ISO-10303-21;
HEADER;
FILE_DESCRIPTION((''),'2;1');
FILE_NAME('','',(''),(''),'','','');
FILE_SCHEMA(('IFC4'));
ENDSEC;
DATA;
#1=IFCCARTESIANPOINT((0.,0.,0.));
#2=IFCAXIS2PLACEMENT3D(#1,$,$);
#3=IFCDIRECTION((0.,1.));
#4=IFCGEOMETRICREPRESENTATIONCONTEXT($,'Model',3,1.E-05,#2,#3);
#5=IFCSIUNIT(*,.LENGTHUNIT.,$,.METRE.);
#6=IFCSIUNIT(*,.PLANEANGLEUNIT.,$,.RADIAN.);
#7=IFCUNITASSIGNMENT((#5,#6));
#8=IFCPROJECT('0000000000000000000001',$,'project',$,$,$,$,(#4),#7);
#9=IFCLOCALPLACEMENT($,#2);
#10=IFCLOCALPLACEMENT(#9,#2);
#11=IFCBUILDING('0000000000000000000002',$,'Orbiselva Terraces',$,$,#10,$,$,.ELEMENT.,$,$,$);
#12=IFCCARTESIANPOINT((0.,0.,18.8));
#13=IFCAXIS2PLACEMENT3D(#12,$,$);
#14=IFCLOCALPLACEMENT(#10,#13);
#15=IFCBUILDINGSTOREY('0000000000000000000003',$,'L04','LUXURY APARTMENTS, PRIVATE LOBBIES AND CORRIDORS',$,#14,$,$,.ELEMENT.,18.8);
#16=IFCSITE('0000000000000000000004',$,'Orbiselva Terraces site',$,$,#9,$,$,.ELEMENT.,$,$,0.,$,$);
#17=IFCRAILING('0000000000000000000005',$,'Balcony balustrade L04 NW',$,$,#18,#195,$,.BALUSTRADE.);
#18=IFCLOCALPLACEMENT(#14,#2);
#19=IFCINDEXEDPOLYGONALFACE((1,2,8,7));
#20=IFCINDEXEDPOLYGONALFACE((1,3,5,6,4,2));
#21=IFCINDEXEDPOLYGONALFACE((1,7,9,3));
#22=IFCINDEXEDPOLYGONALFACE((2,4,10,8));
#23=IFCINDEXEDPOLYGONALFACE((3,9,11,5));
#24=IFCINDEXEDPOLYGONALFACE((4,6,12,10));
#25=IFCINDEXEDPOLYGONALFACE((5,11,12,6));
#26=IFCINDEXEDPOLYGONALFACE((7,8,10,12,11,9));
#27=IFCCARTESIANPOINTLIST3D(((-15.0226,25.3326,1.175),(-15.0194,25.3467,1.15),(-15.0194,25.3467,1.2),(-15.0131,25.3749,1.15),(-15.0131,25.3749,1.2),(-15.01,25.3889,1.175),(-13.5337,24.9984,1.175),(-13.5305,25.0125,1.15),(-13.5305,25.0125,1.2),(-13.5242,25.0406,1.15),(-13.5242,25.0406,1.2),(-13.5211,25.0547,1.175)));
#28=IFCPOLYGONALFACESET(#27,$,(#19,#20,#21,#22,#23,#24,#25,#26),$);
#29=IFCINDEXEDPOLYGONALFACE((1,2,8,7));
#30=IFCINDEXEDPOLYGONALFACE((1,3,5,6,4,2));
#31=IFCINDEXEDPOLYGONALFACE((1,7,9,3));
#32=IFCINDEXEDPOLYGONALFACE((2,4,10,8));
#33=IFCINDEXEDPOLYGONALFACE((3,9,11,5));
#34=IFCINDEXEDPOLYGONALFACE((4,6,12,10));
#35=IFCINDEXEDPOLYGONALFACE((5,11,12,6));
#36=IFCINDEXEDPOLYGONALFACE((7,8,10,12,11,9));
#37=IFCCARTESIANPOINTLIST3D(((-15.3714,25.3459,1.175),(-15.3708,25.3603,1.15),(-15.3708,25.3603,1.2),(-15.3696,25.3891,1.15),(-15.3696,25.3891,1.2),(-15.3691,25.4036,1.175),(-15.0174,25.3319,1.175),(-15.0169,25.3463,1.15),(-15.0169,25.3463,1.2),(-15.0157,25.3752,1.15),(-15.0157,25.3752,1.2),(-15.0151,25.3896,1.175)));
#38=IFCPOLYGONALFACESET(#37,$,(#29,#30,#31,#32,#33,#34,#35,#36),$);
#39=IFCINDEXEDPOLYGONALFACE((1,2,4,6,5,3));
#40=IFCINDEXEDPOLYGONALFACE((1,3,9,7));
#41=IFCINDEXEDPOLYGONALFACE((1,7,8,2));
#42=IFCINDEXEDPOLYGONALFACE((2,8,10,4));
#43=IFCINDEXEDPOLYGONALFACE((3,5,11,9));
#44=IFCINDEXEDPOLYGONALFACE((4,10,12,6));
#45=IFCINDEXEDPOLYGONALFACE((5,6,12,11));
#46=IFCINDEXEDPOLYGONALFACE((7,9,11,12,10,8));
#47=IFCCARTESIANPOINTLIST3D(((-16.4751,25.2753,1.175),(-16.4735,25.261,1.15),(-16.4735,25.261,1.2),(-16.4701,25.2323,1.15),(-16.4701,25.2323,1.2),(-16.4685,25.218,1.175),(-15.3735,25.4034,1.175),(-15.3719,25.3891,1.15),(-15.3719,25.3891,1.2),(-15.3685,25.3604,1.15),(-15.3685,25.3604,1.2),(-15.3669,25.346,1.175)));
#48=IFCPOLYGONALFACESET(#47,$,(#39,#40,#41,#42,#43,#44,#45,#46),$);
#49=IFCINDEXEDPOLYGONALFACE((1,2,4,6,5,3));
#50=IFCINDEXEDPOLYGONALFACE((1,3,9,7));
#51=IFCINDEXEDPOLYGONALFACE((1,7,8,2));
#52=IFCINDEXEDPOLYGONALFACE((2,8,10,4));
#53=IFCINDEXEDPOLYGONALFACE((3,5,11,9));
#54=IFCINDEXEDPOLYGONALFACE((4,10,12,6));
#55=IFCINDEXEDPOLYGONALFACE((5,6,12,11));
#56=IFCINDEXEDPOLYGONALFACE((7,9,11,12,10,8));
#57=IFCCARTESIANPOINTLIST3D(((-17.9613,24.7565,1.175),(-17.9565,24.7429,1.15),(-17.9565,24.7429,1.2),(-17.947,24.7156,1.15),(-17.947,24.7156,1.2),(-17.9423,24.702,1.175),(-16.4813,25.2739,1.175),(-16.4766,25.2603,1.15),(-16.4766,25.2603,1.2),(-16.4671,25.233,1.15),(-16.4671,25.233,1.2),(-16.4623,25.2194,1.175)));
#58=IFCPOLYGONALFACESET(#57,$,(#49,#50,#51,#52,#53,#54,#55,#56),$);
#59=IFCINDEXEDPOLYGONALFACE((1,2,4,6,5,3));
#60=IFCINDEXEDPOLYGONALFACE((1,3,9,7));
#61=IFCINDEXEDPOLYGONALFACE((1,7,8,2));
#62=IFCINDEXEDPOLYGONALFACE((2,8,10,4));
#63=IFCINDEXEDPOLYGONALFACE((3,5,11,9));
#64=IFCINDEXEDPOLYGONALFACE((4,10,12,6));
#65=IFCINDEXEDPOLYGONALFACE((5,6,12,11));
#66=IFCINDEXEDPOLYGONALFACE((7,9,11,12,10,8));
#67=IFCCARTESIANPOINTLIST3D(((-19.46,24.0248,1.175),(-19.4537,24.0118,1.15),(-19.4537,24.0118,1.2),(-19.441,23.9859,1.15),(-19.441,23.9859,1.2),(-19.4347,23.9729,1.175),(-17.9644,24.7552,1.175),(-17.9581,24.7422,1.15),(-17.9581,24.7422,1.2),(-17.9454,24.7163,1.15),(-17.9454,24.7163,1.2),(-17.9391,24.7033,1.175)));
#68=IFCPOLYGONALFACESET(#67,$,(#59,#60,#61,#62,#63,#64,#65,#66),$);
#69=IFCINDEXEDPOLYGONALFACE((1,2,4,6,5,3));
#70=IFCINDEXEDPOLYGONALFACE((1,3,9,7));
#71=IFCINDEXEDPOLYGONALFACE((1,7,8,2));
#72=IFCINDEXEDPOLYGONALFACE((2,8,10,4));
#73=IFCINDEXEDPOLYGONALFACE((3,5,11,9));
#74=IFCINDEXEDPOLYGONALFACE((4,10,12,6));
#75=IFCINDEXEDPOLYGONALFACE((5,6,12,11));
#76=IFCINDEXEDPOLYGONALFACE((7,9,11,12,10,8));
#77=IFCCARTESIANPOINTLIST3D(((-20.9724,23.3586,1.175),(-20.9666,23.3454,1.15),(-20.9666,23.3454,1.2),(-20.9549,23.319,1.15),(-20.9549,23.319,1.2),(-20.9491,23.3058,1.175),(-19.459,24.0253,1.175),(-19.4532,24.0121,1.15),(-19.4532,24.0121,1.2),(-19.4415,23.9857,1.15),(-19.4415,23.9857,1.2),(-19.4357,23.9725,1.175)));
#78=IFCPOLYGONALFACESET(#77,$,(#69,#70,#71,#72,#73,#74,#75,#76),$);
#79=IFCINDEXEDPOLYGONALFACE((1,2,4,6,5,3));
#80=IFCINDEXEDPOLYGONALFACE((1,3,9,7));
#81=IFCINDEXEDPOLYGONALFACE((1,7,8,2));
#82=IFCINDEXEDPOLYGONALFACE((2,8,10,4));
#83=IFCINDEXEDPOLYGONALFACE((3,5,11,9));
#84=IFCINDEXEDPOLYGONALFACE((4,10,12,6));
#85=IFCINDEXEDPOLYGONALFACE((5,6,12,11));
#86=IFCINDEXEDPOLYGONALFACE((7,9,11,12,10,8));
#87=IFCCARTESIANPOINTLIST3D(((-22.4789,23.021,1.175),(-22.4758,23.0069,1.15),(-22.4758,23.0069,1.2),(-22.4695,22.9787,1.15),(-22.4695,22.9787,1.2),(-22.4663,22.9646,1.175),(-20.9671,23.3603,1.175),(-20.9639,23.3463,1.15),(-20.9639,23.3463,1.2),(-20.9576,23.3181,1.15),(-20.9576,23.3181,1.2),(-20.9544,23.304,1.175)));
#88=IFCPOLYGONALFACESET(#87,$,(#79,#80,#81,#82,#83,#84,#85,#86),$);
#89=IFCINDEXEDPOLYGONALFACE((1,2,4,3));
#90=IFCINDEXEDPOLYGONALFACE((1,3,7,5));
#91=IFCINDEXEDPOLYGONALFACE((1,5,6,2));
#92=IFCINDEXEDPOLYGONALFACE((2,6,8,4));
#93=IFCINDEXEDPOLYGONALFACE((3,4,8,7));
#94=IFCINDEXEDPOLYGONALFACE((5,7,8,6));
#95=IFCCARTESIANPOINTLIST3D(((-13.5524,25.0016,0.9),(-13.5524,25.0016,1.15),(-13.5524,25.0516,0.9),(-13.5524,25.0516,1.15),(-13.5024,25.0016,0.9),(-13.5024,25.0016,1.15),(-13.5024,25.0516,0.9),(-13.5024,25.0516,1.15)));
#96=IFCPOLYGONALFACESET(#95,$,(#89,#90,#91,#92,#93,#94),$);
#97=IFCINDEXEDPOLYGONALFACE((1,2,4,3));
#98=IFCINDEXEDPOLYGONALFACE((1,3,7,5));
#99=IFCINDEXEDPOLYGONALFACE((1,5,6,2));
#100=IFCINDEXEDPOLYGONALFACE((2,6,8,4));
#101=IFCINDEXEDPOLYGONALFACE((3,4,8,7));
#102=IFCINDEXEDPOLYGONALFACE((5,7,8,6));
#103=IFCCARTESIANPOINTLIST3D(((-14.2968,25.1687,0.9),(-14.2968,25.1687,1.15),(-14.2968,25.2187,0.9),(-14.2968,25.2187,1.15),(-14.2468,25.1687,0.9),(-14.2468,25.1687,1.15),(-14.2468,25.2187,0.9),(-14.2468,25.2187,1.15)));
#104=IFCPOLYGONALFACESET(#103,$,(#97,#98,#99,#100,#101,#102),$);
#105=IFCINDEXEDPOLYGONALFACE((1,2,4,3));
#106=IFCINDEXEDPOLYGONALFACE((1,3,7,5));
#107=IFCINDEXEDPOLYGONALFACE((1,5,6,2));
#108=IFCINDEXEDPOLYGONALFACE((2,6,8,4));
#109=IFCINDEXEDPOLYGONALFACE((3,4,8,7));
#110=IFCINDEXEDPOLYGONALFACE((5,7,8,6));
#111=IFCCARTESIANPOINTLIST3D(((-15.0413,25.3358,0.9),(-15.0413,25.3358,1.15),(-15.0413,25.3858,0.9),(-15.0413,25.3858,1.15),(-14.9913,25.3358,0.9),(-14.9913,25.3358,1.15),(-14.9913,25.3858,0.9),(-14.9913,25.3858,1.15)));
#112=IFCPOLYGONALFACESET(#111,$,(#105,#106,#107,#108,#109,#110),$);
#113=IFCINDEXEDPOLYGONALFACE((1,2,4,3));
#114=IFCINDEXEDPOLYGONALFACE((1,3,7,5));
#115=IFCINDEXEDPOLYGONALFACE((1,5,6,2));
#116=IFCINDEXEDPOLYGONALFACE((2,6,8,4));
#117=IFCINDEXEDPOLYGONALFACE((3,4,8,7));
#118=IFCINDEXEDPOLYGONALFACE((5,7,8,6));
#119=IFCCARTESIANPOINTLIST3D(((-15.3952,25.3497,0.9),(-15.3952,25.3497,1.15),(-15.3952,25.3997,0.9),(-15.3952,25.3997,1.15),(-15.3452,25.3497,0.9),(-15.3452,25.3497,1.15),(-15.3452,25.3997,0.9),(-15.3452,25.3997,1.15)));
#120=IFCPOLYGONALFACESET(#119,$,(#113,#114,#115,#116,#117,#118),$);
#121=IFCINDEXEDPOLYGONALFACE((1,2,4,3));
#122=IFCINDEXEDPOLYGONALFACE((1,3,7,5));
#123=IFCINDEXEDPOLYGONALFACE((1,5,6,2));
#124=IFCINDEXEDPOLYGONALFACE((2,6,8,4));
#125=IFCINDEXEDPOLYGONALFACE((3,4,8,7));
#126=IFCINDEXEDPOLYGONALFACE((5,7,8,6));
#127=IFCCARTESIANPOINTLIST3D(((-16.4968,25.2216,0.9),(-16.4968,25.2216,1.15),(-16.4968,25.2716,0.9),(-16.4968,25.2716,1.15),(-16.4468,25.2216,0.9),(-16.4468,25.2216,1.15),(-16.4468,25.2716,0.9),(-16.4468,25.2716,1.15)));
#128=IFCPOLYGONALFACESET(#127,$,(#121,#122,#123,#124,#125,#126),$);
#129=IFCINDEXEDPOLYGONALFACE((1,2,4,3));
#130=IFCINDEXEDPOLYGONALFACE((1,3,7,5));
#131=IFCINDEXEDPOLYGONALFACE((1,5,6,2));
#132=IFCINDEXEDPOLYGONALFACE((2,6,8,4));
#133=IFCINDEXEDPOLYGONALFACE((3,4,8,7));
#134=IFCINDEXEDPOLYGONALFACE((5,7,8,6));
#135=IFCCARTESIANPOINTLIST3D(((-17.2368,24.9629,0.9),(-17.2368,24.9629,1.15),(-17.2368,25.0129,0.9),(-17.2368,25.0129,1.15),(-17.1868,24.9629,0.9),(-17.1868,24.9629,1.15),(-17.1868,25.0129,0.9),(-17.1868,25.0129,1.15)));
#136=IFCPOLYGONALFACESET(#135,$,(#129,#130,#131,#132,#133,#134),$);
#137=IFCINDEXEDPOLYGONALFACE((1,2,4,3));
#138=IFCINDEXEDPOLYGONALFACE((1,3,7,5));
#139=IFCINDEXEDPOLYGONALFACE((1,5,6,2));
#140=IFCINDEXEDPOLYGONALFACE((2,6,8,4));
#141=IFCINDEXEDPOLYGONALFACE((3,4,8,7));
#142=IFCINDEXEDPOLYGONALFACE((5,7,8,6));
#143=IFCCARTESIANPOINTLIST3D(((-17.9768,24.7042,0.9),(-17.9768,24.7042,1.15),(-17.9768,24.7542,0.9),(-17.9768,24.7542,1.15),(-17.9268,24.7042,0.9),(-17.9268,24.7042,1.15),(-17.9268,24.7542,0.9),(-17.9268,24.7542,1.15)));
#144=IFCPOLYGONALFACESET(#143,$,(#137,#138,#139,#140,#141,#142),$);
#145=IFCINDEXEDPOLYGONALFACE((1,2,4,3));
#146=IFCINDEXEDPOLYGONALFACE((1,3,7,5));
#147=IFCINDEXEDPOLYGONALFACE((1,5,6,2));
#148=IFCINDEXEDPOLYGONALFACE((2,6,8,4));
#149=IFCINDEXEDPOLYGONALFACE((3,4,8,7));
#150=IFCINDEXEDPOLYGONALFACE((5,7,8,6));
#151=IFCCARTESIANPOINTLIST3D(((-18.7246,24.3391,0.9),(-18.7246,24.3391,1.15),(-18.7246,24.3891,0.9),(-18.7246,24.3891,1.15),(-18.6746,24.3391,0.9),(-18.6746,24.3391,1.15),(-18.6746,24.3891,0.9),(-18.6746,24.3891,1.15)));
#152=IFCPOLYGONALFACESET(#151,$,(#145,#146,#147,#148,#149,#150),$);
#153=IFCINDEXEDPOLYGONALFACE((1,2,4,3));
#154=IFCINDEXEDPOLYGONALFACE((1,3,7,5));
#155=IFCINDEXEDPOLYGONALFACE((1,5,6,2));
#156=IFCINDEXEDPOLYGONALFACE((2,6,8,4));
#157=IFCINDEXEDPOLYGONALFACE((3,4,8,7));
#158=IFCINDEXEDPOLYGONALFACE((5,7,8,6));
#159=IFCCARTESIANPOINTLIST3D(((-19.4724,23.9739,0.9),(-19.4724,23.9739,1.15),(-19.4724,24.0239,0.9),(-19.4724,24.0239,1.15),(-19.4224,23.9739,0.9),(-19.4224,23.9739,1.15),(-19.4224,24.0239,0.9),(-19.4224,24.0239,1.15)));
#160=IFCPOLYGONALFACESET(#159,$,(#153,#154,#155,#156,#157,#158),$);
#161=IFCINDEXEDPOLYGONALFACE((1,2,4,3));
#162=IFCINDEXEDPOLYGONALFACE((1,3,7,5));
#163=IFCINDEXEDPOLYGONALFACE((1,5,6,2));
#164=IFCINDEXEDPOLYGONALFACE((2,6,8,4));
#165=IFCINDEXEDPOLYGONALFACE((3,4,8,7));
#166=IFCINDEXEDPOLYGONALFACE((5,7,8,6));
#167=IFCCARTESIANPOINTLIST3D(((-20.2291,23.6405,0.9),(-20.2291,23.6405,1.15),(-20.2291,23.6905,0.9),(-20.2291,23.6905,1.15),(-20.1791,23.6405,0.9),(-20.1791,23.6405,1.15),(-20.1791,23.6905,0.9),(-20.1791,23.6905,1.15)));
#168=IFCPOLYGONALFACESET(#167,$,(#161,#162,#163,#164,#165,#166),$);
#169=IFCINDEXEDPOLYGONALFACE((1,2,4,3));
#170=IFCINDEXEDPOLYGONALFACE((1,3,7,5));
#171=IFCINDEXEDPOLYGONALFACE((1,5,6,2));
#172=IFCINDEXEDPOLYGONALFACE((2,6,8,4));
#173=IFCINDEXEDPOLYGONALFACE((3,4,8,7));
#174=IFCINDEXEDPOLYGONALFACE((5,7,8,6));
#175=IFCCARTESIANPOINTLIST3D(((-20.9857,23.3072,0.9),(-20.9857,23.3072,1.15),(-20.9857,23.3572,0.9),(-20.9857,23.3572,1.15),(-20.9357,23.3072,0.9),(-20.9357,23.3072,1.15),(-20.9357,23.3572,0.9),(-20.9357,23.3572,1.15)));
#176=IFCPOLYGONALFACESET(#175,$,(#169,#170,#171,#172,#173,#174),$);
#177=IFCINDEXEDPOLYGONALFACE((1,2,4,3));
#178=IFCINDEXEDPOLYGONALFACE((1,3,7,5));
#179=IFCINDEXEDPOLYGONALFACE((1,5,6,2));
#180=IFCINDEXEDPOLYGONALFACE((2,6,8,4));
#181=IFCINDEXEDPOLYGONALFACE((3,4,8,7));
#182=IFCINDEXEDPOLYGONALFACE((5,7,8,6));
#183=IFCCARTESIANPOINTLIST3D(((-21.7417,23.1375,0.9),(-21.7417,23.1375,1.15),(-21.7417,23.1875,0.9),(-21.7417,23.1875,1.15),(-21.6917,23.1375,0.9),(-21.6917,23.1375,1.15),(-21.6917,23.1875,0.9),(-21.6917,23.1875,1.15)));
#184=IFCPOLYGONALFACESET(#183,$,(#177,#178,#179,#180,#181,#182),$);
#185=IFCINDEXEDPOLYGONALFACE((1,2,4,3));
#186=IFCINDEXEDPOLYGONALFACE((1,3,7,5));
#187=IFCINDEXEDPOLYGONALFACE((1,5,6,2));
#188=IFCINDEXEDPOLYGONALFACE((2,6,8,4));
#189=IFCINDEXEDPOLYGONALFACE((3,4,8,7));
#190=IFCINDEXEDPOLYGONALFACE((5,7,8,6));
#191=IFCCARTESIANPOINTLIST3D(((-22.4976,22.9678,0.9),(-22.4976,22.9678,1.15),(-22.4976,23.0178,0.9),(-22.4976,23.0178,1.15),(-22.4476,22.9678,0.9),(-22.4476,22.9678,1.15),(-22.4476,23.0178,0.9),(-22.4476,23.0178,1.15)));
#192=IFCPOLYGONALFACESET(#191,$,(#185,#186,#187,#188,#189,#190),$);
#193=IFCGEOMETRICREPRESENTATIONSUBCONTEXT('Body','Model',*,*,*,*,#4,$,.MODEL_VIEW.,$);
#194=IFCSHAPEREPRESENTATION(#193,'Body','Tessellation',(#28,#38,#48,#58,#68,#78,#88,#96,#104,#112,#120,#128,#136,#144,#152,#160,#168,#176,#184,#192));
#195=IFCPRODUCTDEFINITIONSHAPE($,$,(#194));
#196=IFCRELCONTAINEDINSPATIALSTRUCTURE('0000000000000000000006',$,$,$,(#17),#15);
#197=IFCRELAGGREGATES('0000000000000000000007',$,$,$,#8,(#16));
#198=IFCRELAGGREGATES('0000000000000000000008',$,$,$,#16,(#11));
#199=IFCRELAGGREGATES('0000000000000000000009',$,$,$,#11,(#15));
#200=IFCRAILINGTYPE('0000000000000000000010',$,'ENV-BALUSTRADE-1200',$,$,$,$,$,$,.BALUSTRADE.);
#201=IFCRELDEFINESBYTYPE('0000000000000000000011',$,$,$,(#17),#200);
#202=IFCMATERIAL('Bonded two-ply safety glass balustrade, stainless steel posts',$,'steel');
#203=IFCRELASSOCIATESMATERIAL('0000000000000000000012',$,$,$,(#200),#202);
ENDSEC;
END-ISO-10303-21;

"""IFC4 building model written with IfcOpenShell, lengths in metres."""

from ifc_helpers import new_model, si_unit, direction, frame, origin, origin_2d, place, context, subcontext, project, spatial, polyline, rectangle, outline, extrude, material, type_object, element, save


model = new_model("IFC4")

# Units and contexts
model_context = context("Model", 3, precision=1e-05, world=origin(), true_north=direction((0.0, 1.0)))
body_context = subcontext(model_context, "Body", "Model", "MODEL_VIEW")
ifc_project = project(units=[si_unit("LENGTHUNIT", "METRE"), si_unit("PLANEANGLEUNIT", "RADIAN")], contexts=[model_context])

# Site, building, storey
site_placement = place(None, origin())
site = spatial("IfcSite", under=ifc_project, at=site_placement, Name="Orbiselva Terraces site", CompositionType="ELEMENT", RefElevation=0.0)
building_placement = place(site_placement, origin())
building = spatial("IfcBuilding", under=site, at=building_placement, Name="Orbiselva Terraces", CompositionType="ELEMENT")
storey_placement = place(building_placement, frame((0.0, 0.0, 18.8)))
storey = spatial("IfcBuildingStorey", under=building, at=storey_placement, Name="L04", Description="LUXURY APARTMENTS, PRIVATE LOBBIES AND CORRIDORS", CompositionType="ELEMENT", Elevation=18.8)

# Railing
ifc_material_1 = material(Name="Bonded two-ply safety glass balustrade, stainless steel posts", Category="steel")
railing_type_1 = type_object("IfcRailingType", Name="ENV-BALUSTRADE-1200", PredefinedType="BALUSTRADE", material=ifc_material_1)
railing_1_placement = place(storey_placement, frame((-13.5274, 25.0266, 0.9)))
element("IfcRailing", 1, at=railing_1_placement, inside=storey, type_object=railing_type_1, Name="Balcony balustrade L04 NW", PredefinedType="BALUSTRADE", context=body_context, shape_type="SweptSolid", body=[
    extrude(outline(polyline([(0.0289, 0.0), (0.0144, 0.025), (-0.0144, 0.025), (-0.0289, 0.0), (-0.0144, -0.025), (0.0144, -0.025), (0.0289, 0.0)])), frame((0.0, 0.0, 0.275), z_axis=(-0.975721, 0.219016, 0.0), x_axis=(-0.219016, -0.975721, 0.0)), (0.0, 0.0, 1.0), 1.526),
    extrude(outline(polyline([(0.0289, 0.0), (0.0144, 0.025), (-0.0144, 0.025), (-0.0289, 0.0), (-0.0144, -0.025), (0.0144, -0.025), (0.0289, 0.0)])), frame((-1.4889, 0.3342, 0.275), z_axis=(-0.999225, 0.039364, 0.0), x_axis=(-0.039364, -0.999225, 0.0)), (0.0, 0.0, 1.0), 0.3542),
    extrude(outline(polyline([(0.0289, 0.0), (0.0144, 0.025), (-0.0144, 0.025), (-0.0289, 0.0), (-0.0144, -0.025), (0.0144, -0.025), (0.0289, 0.0)])), frame((-1.8428, 0.3482, 0.275), z_axis=(-0.99331, -0.115481, 0.0), x_axis=(0.115481, -0.99331, 0.0)), (0.0, 0.0, 1.0), 1.109),
    extrude(outline(polyline([(0.0289, 0.0), (0.0144, 0.025), (-0.0144, 0.025), (-0.0289, 0.0), (-0.0144, -0.025), (0.0144, -0.025), (0.0289, 0.0)])), frame((-2.9444, 0.2201, 0.275), z_axis=(-0.943972, -0.330025, 0.0), x_axis=(0.330025, -0.943972, 0.0)), (0.0, 0.0, 1.0), 1.5678),
    extrude(outline(polyline([(0.0289, 0.0), (0.0144, 0.025), (-0.0144, 0.025), (-0.0289, 0.0), (-0.0144, -0.025), (0.0144, -0.025), (0.0289, 0.0)])), frame((-4.4244, -0.2973, 0.275), z_axis=(-0.898579, -0.438812, 0.0), x_axis=(0.438812, -0.898579, 0.0)), (0.0, 0.0, 1.0), 1.6644),
    extrude(outline(polyline([(0.0289, 0.0), (0.0144, 0.025), (-0.0144, 0.025), (-0.0289, 0.0), (-0.0144, -0.025), (0.0144, -0.025), (0.0289, 0.0)])), frame((-5.92, -1.0277, 0.275), z_axis=(-0.915134, -0.403151, 0.0), x_axis=(0.403151, -0.915134, 0.0)), (0.0, 0.0, 1.0), 1.6537),
    extrude(outline(polyline([(0.0289, 0.0), (0.0144, 0.025), (-0.0144, 0.025), (-0.0289, 0.0), (-0.0144, -0.025), (0.0144, -0.025), (0.0289, 0.0)])), frame((-7.4334, -1.6944, 0.275), z_axis=(-0.975721, -0.219016, 0.0), x_axis=(0.219016, -0.975721, 0.0)), (0.0, 0.0, 1.0), 1.5495),
    extrude(rectangle(XDim=0.05, YDim=0.05, at=origin_2d()), origin(), (0.0, 0.0, 1.0), 0.25),
    extrude(rectangle(XDim=0.05, YDim=0.05, at=origin_2d()), frame((-0.7445, 0.1671, 0.0)), (0.0, 0.0, 1.0), 0.25),
    extrude(rectangle(XDim=0.05, YDim=0.05, at=origin_2d()), frame((-1.4889, 0.3342, 0.0)), (0.0, 0.0, 1.0), 0.25),
    extrude(rectangle(XDim=0.05, YDim=0.05, at=origin_2d()), frame((-1.8428, 0.3482, 0.0)), (0.0, 0.0, 1.0), 0.25),
    extrude(rectangle(XDim=0.05, YDim=0.05, at=origin_2d()), frame((-2.9444, 0.2201, 0.0)), (0.0, 0.0, 1.0), 0.25),
    extrude(rectangle(XDim=0.05, YDim=0.05, at=origin_2d()), frame((-3.6844, -0.0386, 0.0)), (0.0, 0.0, 1.0), 0.25),
    extrude(rectangle(XDim=0.05, YDim=0.05, at=origin_2d()), frame((-4.4244, -0.2973, 0.0)), (0.0, 0.0, 1.0), 0.25),
    extrude(rectangle(XDim=0.05, YDim=0.05, at=origin_2d()), frame((-5.1722, -0.6625, 0.0)), (0.0, 0.0, 1.0), 0.25),
    extrude(rectangle(XDim=0.05, YDim=0.05, at=origin_2d()), frame((-5.92, -1.0277, 0.0)), (0.0, 0.0, 1.0), 0.25),
    extrude(rectangle(XDim=0.05, YDim=0.05, at=origin_2d()), frame((-6.6767, -1.361, 0.0)), (0.0, 0.0, 1.0), 0.25),
    extrude(rectangle(XDim=0.05, YDim=0.05, at=origin_2d()), frame((-7.4334, -1.6944, 0.0)), (0.0, 0.0, 1.0), 0.25),
    extrude(rectangle(XDim=0.05, YDim=0.05, at=origin_2d()), frame((-8.1893, -1.8641, 0.0)), (0.0, 0.0, 1.0), 0.25),
    extrude(rectangle(XDim=0.05, YDim=0.05, at=origin_2d()), frame((-8.9452, -2.0338, 0.0)), (0.0, 0.0, 1.0), 0.25),
])

save(model, "model.ifc")
